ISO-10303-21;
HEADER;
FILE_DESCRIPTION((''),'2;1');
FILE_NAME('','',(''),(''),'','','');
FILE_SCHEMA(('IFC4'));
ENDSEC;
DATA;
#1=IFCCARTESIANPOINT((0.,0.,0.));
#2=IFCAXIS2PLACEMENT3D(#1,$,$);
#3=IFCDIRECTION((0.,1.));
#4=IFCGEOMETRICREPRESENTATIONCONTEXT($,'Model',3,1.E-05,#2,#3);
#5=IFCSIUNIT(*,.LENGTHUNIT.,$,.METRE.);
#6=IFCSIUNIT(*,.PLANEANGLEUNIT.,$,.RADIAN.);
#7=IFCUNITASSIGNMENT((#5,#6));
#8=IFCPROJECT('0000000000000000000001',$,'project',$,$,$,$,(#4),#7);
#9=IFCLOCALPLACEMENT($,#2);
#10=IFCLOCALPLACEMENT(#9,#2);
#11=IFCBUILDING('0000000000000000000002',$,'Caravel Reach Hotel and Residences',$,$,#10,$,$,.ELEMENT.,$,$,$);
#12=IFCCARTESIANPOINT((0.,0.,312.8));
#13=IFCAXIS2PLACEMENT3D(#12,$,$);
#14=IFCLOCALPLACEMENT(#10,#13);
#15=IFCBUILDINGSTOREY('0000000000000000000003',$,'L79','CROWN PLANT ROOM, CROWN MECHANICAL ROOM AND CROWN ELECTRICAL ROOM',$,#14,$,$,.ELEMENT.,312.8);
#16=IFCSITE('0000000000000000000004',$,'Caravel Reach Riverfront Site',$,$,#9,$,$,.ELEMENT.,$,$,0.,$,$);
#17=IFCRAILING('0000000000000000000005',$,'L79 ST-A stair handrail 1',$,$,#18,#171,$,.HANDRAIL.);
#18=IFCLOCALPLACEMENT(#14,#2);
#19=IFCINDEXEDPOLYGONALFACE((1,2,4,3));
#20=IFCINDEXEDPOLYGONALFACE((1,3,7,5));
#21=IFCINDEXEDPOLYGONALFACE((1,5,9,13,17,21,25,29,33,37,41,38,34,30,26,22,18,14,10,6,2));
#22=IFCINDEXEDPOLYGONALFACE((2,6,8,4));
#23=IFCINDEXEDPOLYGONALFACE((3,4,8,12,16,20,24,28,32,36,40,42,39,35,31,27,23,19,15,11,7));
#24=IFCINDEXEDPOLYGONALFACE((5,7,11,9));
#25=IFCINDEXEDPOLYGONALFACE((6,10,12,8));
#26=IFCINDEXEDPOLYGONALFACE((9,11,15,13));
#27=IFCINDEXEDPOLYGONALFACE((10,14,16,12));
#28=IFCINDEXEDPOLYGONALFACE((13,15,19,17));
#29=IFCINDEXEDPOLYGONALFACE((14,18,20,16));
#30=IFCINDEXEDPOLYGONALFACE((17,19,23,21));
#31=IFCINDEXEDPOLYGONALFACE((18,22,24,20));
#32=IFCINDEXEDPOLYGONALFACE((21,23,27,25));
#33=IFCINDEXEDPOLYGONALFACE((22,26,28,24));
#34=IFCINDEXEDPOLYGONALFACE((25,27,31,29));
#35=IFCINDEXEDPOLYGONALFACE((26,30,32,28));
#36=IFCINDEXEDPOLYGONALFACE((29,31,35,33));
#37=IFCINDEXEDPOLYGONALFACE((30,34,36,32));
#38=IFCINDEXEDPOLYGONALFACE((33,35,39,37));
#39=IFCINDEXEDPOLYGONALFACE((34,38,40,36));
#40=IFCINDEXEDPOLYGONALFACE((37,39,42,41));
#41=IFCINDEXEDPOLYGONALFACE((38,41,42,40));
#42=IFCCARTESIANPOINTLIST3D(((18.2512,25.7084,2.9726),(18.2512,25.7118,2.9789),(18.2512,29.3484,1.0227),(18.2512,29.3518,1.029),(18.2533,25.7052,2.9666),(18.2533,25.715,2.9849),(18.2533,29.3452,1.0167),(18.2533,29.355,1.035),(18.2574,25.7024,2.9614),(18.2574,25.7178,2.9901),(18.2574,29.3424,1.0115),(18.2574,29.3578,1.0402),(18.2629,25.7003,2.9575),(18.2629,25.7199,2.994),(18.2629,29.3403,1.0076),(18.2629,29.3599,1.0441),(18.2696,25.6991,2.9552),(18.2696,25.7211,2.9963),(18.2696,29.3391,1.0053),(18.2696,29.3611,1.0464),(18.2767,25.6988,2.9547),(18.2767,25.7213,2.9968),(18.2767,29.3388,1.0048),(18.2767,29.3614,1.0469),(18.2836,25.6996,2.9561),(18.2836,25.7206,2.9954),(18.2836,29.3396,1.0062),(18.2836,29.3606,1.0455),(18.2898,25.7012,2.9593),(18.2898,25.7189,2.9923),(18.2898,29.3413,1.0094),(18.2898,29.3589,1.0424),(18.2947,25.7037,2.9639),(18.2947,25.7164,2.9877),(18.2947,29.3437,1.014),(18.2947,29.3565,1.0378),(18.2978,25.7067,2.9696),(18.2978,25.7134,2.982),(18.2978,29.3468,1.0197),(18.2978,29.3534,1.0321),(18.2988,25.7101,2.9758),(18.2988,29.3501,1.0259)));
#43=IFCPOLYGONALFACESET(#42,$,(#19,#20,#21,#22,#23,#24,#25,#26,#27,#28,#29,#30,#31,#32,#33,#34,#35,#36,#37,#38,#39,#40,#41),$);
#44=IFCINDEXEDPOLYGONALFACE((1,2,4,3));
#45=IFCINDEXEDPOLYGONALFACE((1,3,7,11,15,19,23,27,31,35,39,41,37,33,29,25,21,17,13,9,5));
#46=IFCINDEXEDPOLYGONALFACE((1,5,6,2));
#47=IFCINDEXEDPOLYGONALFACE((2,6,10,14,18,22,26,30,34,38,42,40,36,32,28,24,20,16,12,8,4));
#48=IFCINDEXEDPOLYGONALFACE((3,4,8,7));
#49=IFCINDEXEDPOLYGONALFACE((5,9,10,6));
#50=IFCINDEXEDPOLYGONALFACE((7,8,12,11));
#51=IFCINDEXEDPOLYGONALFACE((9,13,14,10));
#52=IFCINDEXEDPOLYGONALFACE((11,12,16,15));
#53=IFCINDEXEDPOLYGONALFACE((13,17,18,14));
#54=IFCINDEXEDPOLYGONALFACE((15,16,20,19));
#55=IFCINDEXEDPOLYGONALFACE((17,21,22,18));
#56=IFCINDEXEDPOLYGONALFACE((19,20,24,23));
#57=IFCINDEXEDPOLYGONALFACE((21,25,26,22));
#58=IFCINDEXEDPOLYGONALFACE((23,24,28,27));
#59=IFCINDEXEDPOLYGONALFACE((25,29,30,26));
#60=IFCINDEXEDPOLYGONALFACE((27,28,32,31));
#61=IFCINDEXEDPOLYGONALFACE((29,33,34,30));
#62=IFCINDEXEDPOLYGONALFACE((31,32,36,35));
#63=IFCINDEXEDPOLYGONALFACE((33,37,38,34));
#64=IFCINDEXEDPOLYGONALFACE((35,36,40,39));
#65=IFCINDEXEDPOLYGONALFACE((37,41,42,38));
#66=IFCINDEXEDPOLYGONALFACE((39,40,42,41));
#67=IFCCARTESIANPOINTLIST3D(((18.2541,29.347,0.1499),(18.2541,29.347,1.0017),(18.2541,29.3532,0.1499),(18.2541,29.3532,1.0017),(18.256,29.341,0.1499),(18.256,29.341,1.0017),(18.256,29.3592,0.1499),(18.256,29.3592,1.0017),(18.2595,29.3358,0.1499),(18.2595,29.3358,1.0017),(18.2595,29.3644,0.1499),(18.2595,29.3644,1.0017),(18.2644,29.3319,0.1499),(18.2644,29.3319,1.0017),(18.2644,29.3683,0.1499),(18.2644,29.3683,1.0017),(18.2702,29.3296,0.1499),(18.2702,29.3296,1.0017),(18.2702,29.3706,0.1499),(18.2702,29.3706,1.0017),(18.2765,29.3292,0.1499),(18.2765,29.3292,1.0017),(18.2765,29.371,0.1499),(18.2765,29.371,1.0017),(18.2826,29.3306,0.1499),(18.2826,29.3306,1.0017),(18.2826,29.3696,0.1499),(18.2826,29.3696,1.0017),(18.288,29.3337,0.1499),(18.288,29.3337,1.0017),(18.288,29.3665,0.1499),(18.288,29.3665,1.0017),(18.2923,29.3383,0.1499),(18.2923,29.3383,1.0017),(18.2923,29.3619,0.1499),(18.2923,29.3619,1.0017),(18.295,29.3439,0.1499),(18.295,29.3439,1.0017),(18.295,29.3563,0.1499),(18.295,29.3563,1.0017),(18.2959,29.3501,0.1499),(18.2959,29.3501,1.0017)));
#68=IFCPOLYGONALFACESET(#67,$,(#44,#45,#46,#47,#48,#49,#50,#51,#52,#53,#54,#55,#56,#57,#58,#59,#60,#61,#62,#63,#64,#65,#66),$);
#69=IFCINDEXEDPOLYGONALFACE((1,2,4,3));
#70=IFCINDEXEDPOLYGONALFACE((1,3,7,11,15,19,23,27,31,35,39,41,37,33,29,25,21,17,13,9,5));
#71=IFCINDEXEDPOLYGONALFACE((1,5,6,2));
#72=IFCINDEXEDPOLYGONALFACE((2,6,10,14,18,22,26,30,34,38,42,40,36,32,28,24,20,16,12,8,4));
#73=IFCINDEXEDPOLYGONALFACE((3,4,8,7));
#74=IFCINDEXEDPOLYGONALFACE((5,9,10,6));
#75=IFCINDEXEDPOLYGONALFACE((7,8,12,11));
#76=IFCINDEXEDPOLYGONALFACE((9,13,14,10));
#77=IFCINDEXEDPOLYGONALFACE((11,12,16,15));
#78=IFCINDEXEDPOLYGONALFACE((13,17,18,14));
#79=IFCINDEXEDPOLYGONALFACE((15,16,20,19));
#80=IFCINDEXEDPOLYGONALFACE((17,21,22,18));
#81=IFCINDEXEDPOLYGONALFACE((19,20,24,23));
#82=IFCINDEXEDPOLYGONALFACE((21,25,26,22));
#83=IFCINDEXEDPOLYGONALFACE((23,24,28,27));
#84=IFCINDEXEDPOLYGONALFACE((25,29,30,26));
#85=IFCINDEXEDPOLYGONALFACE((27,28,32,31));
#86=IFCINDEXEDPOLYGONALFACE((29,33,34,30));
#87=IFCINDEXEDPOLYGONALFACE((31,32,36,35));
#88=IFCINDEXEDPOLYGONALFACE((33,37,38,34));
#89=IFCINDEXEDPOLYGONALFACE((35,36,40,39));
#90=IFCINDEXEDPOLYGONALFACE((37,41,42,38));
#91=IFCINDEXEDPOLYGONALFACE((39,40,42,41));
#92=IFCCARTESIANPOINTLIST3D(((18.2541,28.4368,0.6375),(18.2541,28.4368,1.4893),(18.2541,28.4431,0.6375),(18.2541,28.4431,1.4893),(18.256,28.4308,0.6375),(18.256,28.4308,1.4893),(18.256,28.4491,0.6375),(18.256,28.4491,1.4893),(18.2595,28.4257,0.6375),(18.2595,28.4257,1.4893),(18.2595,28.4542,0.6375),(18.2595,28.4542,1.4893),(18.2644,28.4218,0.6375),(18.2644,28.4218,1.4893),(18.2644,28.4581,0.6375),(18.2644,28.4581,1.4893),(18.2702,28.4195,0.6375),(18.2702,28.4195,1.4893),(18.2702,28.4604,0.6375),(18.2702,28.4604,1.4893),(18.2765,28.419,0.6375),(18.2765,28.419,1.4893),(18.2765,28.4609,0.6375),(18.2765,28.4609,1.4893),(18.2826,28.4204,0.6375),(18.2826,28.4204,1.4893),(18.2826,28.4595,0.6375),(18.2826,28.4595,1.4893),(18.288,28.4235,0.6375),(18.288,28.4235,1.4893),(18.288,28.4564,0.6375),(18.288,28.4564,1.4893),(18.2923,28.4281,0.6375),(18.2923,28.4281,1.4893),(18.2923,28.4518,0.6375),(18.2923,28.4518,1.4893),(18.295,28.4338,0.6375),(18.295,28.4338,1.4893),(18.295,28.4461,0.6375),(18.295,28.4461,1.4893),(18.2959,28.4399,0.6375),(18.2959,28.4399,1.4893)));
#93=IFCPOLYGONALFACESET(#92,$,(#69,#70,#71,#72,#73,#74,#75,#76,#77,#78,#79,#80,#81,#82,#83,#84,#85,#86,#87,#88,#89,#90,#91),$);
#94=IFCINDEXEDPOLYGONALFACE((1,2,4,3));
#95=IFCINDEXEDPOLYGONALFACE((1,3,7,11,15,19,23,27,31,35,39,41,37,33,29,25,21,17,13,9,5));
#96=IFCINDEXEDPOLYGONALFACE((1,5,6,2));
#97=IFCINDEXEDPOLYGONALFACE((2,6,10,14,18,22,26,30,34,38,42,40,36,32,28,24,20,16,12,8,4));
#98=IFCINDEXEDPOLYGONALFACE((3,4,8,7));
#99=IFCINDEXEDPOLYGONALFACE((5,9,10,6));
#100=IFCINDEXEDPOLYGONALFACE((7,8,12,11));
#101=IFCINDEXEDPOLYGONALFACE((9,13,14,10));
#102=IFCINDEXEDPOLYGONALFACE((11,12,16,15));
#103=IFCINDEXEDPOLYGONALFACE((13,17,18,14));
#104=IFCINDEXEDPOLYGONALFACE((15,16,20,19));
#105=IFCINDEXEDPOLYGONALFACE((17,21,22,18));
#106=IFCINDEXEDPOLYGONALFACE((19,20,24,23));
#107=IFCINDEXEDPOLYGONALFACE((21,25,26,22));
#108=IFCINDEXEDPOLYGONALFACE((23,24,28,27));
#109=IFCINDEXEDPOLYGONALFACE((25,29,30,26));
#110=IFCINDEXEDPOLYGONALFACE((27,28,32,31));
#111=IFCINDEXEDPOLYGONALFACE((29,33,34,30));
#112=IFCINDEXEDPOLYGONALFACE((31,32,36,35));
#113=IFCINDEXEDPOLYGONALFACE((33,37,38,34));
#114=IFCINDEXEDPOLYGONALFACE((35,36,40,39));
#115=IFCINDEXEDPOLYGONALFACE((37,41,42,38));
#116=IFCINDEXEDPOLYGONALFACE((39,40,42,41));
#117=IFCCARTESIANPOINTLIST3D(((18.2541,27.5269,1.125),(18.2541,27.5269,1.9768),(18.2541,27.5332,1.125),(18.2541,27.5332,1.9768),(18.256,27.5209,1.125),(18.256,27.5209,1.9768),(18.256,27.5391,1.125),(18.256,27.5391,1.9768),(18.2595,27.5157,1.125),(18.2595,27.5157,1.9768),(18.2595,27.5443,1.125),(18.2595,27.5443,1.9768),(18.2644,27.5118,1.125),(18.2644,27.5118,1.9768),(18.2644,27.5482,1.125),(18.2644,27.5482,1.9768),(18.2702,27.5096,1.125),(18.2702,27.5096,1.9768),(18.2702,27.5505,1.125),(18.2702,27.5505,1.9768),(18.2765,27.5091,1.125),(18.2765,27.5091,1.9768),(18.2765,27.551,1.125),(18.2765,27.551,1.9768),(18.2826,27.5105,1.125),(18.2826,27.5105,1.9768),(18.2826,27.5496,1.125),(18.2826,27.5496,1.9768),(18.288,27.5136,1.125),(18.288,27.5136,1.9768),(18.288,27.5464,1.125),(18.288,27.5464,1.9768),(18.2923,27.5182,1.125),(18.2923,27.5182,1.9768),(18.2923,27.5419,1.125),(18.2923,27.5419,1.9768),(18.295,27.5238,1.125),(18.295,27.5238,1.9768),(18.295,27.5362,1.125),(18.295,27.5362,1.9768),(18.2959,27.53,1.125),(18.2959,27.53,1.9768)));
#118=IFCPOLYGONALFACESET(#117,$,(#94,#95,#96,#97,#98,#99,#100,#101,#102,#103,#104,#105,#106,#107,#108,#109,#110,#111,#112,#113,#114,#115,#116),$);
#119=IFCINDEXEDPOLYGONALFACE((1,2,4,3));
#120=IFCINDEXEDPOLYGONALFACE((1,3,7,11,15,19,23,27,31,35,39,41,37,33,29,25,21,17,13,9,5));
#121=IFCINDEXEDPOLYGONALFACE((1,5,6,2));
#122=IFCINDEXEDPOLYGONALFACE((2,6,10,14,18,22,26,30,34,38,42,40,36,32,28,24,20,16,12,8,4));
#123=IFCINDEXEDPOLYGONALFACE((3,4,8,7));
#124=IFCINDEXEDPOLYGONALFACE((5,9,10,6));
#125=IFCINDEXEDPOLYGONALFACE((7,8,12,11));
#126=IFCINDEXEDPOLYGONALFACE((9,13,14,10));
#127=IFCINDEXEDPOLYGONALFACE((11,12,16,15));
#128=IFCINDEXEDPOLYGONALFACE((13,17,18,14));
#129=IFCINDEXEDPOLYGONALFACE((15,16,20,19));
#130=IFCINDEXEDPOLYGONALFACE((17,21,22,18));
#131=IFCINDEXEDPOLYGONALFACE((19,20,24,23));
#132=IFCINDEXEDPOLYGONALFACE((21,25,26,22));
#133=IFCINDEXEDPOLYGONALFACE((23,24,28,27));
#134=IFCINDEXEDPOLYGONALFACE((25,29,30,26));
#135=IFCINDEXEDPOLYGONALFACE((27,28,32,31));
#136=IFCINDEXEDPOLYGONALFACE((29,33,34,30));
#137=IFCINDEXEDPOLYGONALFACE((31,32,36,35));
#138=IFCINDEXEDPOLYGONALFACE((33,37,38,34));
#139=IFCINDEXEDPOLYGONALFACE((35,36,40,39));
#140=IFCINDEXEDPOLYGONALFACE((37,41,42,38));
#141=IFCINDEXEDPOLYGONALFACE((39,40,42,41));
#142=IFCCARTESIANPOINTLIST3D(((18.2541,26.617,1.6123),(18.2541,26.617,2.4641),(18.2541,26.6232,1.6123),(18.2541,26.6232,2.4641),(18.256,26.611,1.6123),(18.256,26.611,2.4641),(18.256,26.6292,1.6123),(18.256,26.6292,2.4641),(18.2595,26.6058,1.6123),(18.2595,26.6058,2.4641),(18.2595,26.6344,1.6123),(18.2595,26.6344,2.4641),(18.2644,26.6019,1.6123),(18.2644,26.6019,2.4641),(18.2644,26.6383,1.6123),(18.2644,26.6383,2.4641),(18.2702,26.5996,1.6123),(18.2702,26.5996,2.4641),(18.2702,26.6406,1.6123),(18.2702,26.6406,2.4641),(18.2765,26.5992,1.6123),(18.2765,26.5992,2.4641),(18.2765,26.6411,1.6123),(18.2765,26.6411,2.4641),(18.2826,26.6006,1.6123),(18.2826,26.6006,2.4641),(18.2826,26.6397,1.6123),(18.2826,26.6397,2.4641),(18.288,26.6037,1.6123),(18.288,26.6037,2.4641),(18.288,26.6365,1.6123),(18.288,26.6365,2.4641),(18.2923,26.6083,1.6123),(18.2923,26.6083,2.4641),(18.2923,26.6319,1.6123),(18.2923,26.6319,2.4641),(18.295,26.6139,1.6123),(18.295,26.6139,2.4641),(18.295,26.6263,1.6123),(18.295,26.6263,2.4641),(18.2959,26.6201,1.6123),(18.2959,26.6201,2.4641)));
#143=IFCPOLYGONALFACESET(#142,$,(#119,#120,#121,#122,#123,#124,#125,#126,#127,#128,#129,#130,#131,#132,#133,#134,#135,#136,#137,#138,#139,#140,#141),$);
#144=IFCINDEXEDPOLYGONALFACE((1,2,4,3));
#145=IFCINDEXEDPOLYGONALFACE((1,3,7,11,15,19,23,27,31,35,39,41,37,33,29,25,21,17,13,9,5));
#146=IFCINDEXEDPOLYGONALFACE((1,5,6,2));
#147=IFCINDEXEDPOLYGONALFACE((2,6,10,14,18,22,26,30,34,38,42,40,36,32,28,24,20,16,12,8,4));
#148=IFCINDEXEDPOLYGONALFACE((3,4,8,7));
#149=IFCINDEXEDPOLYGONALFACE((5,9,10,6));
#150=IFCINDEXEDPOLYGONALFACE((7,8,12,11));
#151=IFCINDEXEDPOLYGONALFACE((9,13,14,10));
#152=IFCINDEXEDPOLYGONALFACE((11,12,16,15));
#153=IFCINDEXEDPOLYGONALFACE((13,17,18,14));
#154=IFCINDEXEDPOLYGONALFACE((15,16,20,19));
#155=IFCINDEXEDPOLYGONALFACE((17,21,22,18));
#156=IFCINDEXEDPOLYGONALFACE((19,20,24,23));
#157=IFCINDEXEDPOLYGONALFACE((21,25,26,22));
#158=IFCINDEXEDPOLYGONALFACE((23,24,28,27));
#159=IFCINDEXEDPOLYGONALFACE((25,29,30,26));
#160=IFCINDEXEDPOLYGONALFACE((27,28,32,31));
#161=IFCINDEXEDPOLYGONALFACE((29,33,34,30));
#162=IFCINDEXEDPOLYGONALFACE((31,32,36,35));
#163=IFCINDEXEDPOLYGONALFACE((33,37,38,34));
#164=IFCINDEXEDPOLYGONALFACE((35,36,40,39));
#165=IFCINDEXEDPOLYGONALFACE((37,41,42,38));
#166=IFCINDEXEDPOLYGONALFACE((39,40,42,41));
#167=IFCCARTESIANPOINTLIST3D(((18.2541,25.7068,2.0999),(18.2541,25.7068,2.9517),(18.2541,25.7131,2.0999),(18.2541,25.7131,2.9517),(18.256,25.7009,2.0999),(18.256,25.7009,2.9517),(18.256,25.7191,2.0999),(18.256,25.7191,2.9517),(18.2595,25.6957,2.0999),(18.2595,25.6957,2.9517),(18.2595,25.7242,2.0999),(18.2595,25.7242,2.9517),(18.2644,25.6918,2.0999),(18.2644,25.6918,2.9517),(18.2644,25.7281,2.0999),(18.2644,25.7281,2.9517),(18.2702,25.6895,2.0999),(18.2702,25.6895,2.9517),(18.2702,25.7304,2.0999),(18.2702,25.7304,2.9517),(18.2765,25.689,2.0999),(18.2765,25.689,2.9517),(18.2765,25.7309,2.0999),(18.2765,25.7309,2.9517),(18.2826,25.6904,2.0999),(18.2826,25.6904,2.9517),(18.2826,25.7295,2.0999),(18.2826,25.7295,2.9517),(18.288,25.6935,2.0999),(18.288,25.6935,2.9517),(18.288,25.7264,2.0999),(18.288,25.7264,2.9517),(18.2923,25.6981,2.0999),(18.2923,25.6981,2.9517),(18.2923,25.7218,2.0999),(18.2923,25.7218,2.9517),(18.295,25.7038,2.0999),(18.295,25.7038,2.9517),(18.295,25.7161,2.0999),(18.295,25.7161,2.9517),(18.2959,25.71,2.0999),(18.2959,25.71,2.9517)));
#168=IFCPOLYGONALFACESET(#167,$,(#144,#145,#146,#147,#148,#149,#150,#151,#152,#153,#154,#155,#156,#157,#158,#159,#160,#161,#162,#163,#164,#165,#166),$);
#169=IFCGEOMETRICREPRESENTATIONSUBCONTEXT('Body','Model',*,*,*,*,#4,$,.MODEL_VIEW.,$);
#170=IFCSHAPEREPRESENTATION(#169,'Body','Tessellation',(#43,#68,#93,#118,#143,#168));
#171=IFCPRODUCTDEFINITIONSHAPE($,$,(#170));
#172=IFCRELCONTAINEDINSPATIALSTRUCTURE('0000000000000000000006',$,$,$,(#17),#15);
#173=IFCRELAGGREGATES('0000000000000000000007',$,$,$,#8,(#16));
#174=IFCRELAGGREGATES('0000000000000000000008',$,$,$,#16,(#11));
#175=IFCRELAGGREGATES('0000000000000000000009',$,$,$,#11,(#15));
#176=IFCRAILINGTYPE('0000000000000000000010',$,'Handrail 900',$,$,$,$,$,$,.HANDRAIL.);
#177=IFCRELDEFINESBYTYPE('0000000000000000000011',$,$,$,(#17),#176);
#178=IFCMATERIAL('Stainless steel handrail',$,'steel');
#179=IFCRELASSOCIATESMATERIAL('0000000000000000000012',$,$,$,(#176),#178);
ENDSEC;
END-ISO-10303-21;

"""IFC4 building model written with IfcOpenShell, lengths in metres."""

from ifc_helpers import new_model, si_unit, direction, frame, origin, origin_2d, place, context, subcontext, project, spatial, circle, extrude, material, type_object, element, save


model = new_model("IFC4")

# Units and contexts
model_context = context("Model", 3, precision=1e-05, world=origin(), true_north=direction((0.0, 1.0)))
body_context = subcontext(model_context, "Body", "Model", "MODEL_VIEW")
ifc_project = project(units=[si_unit("LENGTHUNIT", "METRE"), si_unit("PLANEANGLEUNIT", "RADIAN")], contexts=[model_context])

# Site, building, storey
site_placement = place(None, origin())
site = spatial("IfcSite", under=ifc_project, at=site_placement, Name="Caravel Reach Riverfront Site", CompositionType="ELEMENT", RefElevation=0.0)
building_placement = place(site_placement, origin())
building = spatial("IfcBuilding", under=site, at=building_placement, Name="Caravel Reach Hotel and Residences", CompositionType="ELEMENT")
storey_placement = place(building_placement, frame((0.0, 0.0, 312.8)))
storey = spatial("IfcBuildingStorey", under=building, at=storey_placement, Name="L79", Description="CROWN PLANT ROOM, CROWN MECHANICAL ROOM AND CROWN ELECTRICAL ROOM", CompositionType="ELEMENT", Elevation=312.8)

# Railing
ifc_material_1 = material(Name="Stainless steel handrail", Category="steel")
railing_type_1 = type_object("IfcRailingType", Name="Handrail 900", PredefinedType="HANDRAIL", material=ifc_material_1)
railing_1_placement = place(storey_placement, frame((18.2749, 29.3501, 0.1499)))
element("IfcRailing", 1, at=railing_1_placement, inside=storey, type_object=railing_type_1, Name="L79 ST-A stair handrail 1", PredefinedType="HANDRAIL", context=body_context, shape_type="SweptSolid", body=[
    extrude(circle(Radius=0.0239, at=origin_2d()), frame((0.0, 0.0, 0.876), z_axis=(0.0, -0.881492, 0.472198), x_axis=(1.0, 0.0, 0.0)), (0.0, 0.0, 1.0), 4.1294),
    extrude(circle(Radius=0.021, at=origin_2d()), origin(), (0.0, 0.0, 1.0), 0.8518),
    extrude(circle(Radius=0.021, at=origin_2d()), frame((0.0, -0.9102, 0.4875)), (0.0, 0.0, 1.0), 0.8518),
    extrude(circle(Radius=0.021, at=origin_2d()), frame((0.0, -1.8201, 0.9751)), (0.0, 0.0, 1.0), 0.8518),
    extrude(circle(Radius=0.021, at=origin_2d()), frame((0.0, -2.73, 1.4624)), (0.0, 0.0, 1.0), 0.8518),
    extrude(circle(Radius=0.021, at=origin_2d()), frame((0.0, -3.6401, 1.95)), (0.0, 0.0, 1.0), 0.8518),
])

save(model, "model.ifc")
